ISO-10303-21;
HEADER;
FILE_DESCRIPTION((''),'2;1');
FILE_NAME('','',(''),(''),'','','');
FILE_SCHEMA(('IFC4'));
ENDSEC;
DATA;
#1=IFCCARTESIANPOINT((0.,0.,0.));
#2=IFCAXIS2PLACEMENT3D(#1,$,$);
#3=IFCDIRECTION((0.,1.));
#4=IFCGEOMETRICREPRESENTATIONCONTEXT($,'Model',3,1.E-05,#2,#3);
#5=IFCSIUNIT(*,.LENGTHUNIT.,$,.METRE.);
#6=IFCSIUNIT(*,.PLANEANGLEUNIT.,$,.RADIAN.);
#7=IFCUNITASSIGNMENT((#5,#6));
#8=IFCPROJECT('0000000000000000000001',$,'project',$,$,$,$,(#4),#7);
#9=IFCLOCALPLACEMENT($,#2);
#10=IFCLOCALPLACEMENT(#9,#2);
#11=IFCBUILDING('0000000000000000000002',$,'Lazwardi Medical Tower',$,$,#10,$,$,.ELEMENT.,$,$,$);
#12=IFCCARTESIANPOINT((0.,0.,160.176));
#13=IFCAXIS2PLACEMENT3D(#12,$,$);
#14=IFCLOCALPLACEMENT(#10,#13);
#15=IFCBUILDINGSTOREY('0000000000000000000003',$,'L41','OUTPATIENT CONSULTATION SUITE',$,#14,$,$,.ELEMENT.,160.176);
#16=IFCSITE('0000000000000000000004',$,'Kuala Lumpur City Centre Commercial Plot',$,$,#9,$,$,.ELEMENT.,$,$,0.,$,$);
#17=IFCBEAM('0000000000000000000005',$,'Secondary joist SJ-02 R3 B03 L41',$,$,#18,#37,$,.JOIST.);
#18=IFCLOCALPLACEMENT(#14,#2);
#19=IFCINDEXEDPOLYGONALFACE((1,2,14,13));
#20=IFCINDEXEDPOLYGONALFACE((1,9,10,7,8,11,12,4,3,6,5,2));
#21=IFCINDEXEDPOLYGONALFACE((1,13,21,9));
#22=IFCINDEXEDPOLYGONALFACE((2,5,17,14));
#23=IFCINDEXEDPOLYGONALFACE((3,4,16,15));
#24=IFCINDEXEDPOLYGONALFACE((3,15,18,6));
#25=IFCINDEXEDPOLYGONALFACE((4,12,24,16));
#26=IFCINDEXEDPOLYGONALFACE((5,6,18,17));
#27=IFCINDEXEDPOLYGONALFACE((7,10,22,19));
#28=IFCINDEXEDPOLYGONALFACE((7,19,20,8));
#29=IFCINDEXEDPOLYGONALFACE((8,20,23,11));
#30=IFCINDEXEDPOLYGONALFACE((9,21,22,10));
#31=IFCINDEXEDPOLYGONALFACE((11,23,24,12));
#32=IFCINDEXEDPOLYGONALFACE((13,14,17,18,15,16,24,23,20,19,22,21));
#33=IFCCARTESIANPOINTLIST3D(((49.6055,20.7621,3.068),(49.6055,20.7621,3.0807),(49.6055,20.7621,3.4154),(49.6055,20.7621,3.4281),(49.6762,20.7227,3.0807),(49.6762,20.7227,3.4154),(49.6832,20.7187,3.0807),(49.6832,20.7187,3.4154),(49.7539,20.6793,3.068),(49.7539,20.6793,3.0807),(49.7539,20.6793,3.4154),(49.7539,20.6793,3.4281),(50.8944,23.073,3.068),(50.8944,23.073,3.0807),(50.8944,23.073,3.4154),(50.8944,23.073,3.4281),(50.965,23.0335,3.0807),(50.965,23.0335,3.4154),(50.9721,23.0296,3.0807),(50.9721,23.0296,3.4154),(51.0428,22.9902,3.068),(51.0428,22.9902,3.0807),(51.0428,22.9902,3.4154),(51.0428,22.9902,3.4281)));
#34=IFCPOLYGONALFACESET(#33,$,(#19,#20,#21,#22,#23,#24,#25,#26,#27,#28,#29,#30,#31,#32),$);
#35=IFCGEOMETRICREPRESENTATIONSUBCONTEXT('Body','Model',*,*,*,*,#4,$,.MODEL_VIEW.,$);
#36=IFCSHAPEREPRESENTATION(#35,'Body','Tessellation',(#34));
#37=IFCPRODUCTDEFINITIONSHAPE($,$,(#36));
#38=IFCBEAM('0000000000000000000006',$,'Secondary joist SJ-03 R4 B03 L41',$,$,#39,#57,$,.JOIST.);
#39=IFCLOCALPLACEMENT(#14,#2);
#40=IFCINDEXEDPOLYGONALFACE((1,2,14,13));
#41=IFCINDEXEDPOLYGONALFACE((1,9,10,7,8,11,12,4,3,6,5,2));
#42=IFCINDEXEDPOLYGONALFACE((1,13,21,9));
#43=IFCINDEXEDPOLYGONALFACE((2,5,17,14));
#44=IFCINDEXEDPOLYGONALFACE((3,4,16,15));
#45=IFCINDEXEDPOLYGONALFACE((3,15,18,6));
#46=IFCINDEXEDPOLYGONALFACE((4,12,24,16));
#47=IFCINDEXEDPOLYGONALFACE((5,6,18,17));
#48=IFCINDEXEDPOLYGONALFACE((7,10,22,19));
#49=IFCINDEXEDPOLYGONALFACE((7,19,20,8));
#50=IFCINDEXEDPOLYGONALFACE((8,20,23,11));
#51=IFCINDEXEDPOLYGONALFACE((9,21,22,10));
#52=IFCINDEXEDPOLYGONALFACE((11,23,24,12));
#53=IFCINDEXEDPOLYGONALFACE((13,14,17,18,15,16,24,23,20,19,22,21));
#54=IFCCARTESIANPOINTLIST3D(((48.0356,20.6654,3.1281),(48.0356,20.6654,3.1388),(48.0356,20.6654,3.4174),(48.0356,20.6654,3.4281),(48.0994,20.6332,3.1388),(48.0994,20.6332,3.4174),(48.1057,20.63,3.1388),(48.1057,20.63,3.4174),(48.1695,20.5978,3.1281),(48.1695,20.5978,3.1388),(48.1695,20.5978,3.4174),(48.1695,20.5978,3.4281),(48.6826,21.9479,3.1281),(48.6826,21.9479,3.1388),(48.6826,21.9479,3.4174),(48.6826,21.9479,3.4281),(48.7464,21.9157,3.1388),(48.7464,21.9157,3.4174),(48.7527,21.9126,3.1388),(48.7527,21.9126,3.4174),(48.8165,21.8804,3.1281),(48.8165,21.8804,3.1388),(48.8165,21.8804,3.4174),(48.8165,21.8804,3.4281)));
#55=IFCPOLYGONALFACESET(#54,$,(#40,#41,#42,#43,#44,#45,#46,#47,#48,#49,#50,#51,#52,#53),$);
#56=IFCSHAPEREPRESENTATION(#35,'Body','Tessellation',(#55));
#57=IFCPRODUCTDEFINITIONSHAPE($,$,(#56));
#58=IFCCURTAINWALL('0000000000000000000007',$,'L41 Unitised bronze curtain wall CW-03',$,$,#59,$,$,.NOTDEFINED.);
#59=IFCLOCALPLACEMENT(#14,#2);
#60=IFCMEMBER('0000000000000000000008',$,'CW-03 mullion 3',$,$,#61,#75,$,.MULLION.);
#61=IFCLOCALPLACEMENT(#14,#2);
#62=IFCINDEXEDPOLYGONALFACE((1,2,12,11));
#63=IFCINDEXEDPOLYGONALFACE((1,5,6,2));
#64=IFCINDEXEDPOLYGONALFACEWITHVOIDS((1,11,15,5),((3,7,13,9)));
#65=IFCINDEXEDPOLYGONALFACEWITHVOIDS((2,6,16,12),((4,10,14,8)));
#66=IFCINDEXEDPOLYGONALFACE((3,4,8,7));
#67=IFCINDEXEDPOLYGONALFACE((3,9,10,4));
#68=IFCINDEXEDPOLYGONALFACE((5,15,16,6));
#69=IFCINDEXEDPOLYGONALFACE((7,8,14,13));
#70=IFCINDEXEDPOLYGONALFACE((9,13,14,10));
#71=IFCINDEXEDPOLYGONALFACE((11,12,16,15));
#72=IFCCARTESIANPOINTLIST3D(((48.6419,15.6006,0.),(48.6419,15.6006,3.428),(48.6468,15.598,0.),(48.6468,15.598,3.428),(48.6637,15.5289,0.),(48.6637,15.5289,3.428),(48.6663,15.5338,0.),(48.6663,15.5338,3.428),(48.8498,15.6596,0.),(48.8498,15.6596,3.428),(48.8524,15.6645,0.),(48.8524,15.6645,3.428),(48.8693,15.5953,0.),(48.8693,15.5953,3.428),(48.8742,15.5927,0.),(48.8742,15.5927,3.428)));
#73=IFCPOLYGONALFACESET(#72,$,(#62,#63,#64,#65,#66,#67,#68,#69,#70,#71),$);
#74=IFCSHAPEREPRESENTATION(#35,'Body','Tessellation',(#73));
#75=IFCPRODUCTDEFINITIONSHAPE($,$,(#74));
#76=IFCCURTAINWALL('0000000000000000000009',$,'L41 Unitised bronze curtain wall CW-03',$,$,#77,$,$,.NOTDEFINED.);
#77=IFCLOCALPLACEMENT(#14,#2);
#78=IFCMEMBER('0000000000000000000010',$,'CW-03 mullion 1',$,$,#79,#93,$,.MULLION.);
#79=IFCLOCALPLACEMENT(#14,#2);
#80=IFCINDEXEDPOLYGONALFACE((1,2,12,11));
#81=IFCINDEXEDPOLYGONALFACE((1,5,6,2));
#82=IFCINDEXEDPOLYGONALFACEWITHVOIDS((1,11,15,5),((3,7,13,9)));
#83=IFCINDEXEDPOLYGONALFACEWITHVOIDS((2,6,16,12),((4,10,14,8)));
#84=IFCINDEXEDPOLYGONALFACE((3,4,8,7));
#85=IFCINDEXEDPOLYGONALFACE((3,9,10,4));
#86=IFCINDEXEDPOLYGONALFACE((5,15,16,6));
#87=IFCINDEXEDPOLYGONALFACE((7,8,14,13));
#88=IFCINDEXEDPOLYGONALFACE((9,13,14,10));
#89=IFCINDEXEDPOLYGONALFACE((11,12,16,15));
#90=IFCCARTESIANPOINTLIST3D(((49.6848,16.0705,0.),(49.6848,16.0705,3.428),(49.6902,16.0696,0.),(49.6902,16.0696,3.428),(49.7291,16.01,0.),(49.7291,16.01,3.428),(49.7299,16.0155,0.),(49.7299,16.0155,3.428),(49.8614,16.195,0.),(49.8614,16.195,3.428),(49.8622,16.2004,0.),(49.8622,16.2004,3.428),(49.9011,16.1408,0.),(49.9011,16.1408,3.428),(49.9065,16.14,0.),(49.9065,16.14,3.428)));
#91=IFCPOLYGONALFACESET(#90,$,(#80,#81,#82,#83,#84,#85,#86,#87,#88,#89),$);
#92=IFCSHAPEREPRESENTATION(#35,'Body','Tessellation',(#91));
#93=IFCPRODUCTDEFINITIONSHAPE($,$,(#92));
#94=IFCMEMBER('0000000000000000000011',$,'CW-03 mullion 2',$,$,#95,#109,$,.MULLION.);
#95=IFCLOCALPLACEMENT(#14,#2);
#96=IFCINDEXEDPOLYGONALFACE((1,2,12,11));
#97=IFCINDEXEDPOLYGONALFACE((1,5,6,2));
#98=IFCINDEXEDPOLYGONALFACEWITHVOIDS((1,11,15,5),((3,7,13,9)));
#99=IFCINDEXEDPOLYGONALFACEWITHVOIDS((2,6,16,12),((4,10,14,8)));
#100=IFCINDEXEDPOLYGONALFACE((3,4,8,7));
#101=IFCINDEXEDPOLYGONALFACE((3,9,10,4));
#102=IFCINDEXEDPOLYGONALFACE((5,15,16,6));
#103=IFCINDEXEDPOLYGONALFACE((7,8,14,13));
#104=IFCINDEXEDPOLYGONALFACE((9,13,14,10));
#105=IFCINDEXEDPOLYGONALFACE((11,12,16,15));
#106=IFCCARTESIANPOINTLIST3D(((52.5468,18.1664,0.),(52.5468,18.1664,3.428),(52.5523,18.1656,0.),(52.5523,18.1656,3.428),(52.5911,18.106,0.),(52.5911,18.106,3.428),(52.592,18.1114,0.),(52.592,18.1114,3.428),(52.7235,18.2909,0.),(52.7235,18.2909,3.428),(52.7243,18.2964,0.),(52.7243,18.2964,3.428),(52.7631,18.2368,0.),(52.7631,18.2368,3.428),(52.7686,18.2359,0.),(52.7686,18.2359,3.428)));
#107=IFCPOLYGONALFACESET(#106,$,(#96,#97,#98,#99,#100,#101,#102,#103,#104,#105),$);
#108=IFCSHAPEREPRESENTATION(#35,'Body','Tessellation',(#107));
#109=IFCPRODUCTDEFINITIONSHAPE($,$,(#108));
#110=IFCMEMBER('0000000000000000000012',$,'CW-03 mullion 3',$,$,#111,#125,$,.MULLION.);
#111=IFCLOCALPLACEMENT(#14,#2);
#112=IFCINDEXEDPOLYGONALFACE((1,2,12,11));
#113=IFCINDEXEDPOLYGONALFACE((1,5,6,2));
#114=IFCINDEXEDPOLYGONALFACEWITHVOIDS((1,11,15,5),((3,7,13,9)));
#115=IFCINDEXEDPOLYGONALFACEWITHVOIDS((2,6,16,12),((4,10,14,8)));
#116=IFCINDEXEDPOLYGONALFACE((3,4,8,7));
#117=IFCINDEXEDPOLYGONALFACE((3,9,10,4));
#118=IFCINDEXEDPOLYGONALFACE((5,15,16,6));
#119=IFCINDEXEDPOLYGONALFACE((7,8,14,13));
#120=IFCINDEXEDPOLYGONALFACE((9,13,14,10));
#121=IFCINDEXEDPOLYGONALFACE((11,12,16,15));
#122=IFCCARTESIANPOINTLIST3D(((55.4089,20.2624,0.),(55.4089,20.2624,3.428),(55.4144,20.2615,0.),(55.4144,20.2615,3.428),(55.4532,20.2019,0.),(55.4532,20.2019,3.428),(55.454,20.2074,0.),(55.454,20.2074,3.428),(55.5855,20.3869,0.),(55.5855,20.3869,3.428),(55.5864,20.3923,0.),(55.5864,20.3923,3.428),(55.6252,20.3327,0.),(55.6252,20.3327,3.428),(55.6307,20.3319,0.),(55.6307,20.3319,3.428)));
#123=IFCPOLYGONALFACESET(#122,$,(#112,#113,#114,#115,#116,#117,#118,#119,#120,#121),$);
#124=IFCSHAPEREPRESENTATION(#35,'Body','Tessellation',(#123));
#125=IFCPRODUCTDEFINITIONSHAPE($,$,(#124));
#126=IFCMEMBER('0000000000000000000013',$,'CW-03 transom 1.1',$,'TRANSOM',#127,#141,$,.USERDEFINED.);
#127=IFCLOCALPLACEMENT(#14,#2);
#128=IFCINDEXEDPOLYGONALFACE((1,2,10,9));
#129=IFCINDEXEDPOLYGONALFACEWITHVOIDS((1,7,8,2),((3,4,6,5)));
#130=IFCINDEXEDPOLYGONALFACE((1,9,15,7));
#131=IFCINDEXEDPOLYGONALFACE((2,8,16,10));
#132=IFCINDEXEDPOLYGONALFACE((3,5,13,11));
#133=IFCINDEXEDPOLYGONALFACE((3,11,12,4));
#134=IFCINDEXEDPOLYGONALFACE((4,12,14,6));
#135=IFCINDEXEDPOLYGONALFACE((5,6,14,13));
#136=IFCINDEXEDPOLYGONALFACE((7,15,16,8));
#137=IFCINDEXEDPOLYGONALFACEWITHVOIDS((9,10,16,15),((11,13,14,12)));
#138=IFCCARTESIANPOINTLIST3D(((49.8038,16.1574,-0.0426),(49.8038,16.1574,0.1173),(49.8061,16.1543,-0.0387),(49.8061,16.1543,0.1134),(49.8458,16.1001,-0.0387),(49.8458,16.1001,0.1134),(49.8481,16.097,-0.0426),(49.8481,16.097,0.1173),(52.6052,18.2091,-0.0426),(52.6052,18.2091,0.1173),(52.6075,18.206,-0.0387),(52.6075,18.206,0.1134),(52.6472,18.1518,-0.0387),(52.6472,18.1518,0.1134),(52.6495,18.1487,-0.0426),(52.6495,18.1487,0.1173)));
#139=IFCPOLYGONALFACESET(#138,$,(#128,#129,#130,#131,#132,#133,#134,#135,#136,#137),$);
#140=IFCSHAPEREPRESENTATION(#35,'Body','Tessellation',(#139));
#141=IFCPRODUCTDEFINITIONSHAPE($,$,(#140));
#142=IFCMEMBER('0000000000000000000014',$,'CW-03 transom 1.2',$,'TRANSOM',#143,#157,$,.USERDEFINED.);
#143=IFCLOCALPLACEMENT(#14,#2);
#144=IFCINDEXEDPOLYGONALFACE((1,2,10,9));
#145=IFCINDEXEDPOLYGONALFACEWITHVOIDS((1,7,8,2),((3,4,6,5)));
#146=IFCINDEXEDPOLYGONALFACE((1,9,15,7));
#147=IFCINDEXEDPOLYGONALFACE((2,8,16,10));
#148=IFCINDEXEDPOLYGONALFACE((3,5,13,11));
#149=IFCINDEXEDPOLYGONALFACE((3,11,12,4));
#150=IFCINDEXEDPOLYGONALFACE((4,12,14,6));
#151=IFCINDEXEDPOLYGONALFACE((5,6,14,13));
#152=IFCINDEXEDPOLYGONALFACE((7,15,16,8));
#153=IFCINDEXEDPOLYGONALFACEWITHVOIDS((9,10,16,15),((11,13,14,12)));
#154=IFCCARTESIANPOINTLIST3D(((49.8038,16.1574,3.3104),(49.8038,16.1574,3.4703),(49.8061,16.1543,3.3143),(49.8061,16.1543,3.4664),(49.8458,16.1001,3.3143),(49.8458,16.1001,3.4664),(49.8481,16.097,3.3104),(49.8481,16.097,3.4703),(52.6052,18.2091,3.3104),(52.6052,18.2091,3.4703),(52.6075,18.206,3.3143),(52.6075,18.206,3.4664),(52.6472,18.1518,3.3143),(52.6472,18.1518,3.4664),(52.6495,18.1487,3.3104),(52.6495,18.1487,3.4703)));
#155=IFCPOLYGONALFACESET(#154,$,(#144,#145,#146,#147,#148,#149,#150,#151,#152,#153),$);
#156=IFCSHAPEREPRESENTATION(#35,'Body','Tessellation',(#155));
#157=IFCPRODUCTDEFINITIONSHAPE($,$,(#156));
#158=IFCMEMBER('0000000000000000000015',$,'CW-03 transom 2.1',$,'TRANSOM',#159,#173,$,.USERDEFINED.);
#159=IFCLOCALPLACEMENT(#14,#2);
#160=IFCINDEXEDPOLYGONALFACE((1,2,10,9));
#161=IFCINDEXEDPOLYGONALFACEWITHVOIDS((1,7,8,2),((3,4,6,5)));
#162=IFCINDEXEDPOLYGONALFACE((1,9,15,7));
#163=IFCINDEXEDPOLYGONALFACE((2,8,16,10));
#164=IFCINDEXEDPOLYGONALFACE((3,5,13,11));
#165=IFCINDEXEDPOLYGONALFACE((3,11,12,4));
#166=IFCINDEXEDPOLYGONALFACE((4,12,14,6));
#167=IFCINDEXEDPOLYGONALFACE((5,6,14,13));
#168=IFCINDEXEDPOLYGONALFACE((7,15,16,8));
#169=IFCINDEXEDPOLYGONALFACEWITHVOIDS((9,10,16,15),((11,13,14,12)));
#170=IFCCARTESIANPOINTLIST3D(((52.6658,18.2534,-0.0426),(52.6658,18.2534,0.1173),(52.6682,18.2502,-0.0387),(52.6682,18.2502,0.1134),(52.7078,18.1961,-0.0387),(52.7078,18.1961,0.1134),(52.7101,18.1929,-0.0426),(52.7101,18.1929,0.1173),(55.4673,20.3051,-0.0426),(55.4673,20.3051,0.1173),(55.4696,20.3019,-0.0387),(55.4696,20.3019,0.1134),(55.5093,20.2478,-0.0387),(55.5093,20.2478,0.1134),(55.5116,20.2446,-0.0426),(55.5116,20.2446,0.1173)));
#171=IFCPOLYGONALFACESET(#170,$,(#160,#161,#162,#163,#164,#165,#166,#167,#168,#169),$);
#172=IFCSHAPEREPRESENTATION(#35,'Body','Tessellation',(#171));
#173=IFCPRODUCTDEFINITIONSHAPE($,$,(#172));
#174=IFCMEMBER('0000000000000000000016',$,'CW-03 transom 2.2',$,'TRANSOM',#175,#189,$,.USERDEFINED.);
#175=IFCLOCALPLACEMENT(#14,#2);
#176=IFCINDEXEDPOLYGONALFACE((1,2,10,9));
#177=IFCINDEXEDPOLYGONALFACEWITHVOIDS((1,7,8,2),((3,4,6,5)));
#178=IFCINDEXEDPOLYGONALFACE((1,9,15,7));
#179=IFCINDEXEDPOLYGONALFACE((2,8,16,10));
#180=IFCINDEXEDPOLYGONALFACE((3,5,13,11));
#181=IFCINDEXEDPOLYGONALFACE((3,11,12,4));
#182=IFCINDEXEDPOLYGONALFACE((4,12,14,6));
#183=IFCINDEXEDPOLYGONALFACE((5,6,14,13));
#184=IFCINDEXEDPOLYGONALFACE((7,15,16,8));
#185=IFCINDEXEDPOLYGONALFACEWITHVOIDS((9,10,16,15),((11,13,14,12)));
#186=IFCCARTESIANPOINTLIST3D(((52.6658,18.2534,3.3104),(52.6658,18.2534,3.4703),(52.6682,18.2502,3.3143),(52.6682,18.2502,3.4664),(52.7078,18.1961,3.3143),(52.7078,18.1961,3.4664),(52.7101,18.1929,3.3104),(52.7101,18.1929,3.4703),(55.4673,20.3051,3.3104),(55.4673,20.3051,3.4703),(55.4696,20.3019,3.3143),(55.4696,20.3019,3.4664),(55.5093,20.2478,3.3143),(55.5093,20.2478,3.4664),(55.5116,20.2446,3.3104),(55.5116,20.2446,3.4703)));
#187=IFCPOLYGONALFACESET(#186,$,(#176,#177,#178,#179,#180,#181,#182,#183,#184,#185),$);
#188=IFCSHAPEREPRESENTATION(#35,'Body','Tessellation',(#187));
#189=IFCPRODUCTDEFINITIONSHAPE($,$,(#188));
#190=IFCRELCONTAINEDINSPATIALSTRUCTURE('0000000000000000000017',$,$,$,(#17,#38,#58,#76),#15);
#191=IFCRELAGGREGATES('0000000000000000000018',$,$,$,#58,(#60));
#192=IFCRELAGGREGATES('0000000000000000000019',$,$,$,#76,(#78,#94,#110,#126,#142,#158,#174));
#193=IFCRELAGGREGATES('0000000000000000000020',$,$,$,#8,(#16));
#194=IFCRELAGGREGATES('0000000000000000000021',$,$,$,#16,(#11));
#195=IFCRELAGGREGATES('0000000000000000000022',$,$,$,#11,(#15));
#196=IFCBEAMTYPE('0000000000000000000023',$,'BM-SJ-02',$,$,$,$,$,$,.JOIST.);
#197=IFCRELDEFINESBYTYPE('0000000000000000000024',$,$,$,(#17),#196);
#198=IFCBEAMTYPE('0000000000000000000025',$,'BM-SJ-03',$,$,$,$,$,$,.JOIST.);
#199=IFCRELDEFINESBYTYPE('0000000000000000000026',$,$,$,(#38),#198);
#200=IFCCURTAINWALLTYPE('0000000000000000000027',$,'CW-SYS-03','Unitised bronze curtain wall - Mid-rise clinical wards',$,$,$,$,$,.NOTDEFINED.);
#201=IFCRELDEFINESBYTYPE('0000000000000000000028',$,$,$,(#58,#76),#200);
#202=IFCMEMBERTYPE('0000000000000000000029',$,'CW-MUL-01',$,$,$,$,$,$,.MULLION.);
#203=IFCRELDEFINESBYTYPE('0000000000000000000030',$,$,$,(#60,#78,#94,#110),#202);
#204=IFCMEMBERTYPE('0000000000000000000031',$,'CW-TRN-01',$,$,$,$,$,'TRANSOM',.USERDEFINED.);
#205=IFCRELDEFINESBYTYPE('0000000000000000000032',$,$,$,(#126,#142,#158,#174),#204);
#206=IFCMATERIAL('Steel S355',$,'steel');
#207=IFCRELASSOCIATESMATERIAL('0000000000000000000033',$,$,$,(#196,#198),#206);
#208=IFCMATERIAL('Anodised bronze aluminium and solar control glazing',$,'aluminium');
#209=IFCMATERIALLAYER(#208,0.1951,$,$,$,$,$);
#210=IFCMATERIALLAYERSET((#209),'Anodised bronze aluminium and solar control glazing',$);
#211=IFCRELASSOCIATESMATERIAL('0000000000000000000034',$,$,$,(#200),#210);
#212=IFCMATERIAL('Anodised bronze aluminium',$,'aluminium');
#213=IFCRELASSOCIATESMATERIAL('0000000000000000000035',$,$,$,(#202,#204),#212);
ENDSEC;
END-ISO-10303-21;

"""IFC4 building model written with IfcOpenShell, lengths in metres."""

from ifc_helpers import new_model, si_unit, direction, frame, origin, origin_2d, place, context, subcontext, project, spatial, hollow_rectangle, i_section, extrude, material, layer, layer_set, material_profile, profile_set, type_object, element, aggregate, save


model = new_model("IFC4")

# Units and contexts
model_context = context("Model", 3, precision=1e-05, world=origin(), true_north=direction((0.0, 1.0)))
body_context = subcontext(model_context, "Body", "Model", "MODEL_VIEW")
ifc_project = project(units=[si_unit("LENGTHUNIT", "METRE"), si_unit("PLANEANGLEUNIT", "RADIAN")], contexts=[model_context])

# Site, building, storey
site_placement = place(None, origin())
site = spatial("IfcSite", under=ifc_project, at=site_placement, Name="Kuala Lumpur City Centre Commercial Plot", CompositionType="ELEMENT", RefElevation=0.0)
building_placement = place(site_placement, origin())
building = spatial("IfcBuilding", under=site, at=building_placement, Name="Lazwardi Medical Tower", CompositionType="ELEMENT")
storey_placement = place(building_placement, frame((0.0, 0.0, 160.176)))
storey = spatial("IfcBuildingStorey", under=building, at=storey_placement, Name="L41", Description="OUTPATIENT CONSULTATION SUITE", CompositionType="ELEMENT", Elevation=160.176)

# Beams
ifc_material_1 = material(Name="Steel S355", Category="steel")
ifc_material_profile_1 = material_profile(ifc_material_1, i_section(OverallWidth=0.1699, OverallDepth=0.3601, WebThickness=0.0081, FlangeThickness=0.0127, at=origin_2d()), Name="IPE 360")
ifc_profile_set_1 = profile_set([ifc_material_profile_1], Name="Steel S355")
beam_type_1 = type_object("IfcBeamType", Name="BM-SJ-02", PredefinedType="JOIST", material=ifc_profile_set_1)
beam_1_placement = place(storey_placement, frame((49.6797, 20.7207, 3.248), z_axis=(0.487099, 0.873347, 0.0), x_axis=(-0.873347, 0.487099, 0.0)))
element("IfcBeam", 1, at=beam_1_placement, inside=storey, type_object=beam_type_1, Name="Secondary joist SJ-02 R3 B03 L41", PredefinedType="JOIST", context=body_context, shape_type="SweptSolid", body=[
    extrude(i_section(OverallWidth=0.1699, OverallDepth=0.3601, WebThickness=0.0081, FlangeThickness=0.0127, at=origin_2d()), origin(), (0.0, 0.0, 1.0), 2.646),
])
ifc_material_profile_2 = material_profile(ifc_material_1, i_section(OverallWidth=0.1499, OverallDepth=0.3, WebThickness=0.0071, FlangeThickness=0.0107, at=origin_2d()), Name="IPE 300")
ifc_profile_set_2 = profile_set([ifc_material_profile_2], Name="Steel S355")
beam_type_2 = type_object("IfcBeamType", Name="BM-SJ-03", PredefinedType="JOIST", material=ifc_profile_set_2)
beam_2_placement = place(storey_placement, frame((48.1025, 20.6316, 3.2781), z_axis=(0.450406, 0.892824, 0.0), x_axis=(-0.892824, 0.450406, 0.0)))
element("IfcBeam", 2, at=beam_2_placement, inside=storey, type_object=beam_type_2, Name="Secondary joist SJ-03 R4 B03 L41", PredefinedType="JOIST", context=body_context, shape_type="SweptSolid", body=[
    extrude(i_section(OverallWidth=0.1499, OverallDepth=0.3, WebThickness=0.0071, FlangeThickness=0.0107, at=origin_2d()), origin(), (0.0, 0.0, 1.0), 1.4365),
])

# Curtain wall, member
ifc_material_2 = material(Name="Anodised bronze aluminium and solar control glazing", Category="aluminium")
ifc_layer_1 = layer(ifc_material_2, 0.1951)
ifc_layer_set_1 = layer_set([ifc_layer_1], Name="Anodised bronze aluminium and solar control glazing")
curtain_wall_type = type_object("IfcCurtainWallType", Name="CW-SYS-03", Description="Unitised bronze curtain wall - Mid-rise clinical wards", PredefinedType="NOTDEFINED", material=ifc_layer_set_1)
curtain_wall_1_placement = place(storey_placement, origin())
curtain_wall_1 = element("IfcCurtainWall", 3, at=curtain_wall_1_placement, inside=storey, type_object=curtain_wall_type, Name="L41 Unitised bronze curtain wall CW-03", PredefinedType="NOTDEFINED")
ifc_material_3 = material(Name="Anodised bronze aluminium", Category="aluminium")
ifc_material_profile_3 = material_profile(ifc_material_3, hollow_rectangle(XDim=0.075, YDim=0.22, WallThickness=0.0039, at=origin_2d()), Name="ALU-MULLION 220x75x4")
ifc_profile_set_3 = profile_set([ifc_material_profile_3], Name="Anodised bronze aluminium")
member_type_1 = type_object("IfcMemberType", Name="CW-MUL-01", PredefinedType="MULLION", material=ifc_profile_set_3)
member_1_placement = place(storey_placement, frame((48.7581, 15.5967, 0.0), z_axis=(0.0, 0.0, 1.0), x_axis=(-0.290281, 0.956942, 0.0)))
member_1 = element("IfcMember", 4, at=member_1_placement, type_object=member_type_1, Name="CW-03 mullion 3", PredefinedType="MULLION", context=body_context, shape_type="SweptSolid", body=[
    extrude(hollow_rectangle(XDim=0.075, YDim=0.22, WallThickness=0.0039, at=origin_2d()), origin(), (0.0, 0.0, 1.0), 3.428),
])
aggregate(curtain_wall_1, [member_1])

# Curtain wall, members
curtain_wall_2_placement = place(storey_placement, origin())
curtain_wall_2 = element("IfcCurtainWall", 5, at=curtain_wall_2_placement, inside=storey, type_object=curtain_wall_type, Name="L41 Unitised bronze curtain wall CW-03", PredefinedType="NOTDEFINED")
member_2_placement = place(storey_placement, frame((49.7957, 16.1052, 0.0), z_axis=(0.0, 0.0, 1.0), x_axis=(-0.590834, 0.806793, 0.0)))
member_2 = element("IfcMember", 6, at=member_2_placement, type_object=member_type_1, Name="CW-03 mullion 1", PredefinedType="MULLION", context=body_context, shape_type="SweptSolid", body=[
    extrude(hollow_rectangle(XDim=0.075, YDim=0.22, WallThickness=0.0039, at=origin_2d()), origin(), (0.0, 0.0, 1.0), 3.428),
])
member_3_placement = place(storey_placement, frame((52.6577, 18.2012, 0.0), z_axis=(0.0, 0.0, 1.0), x_axis=(-0.590834, 0.806793, 0.0)))
member_3 = element("IfcMember", 7, at=member_3_placement, type_object=member_type_1, Name="CW-03 mullion 2", PredefinedType="MULLION", context=body_context, shape_type="SweptSolid", body=[
    extrude(hollow_rectangle(XDim=0.075, YDim=0.22, WallThickness=0.0039, at=origin_2d()), origin(), (0.0, 0.0, 1.0), 3.428),
])
member_4_placement = place(storey_placement, frame((55.5198, 20.2971, 0.0), z_axis=(0.0, 0.0, 1.0), x_axis=(-0.590834, 0.806793, 0.0)))
member_4 = element("IfcMember", 8, at=member_4_placement, type_object=member_type_1, Name="CW-03 mullion 3", PredefinedType="MULLION", context=body_context, shape_type="SweptSolid", body=[
    extrude(hollow_rectangle(XDim=0.075, YDim=0.22, WallThickness=0.0039, at=origin_2d()), origin(), (0.0, 0.0, 1.0), 3.428),
])
ifc_material_profile_4 = material_profile(ifc_material_3, hollow_rectangle(XDim=0.075, YDim=0.1599, WallThickness=0.0039, at=origin_2d()), Name="ALU-TRANSOM 160x75x4")
ifc_profile_set_4 = profile_set([ifc_material_profile_4], Name="Anodised bronze aluminium")
member_type_2 = type_object("IfcMemberType", Name="CW-TRN-01", ElementType="TRANSOM", PredefinedType="USERDEFINED", material=ifc_profile_set_4)
member_5_placement = place(storey_placement, frame((49.8259, 16.1272, 0.0374), z_axis=(0.806774, 0.590861, 0.0), x_axis=(-0.590861, 0.806774, 0.0)))
member_5 = element("IfcMember", 9, at=member_5_placement, type_object=member_type_2, Name="CW-03 transom 1.1", ObjectType="TRANSOM", PredefinedType="USERDEFINED", context=body_context, shape_type="SweptSolid", body=[
    extrude(hollow_rectangle(XDim=0.075, YDim=0.1599, WallThickness=0.0039, at=origin_2d()), origin(), (0.0, 0.0, 1.0), 3.4724),
])
member_6_placement = place(storey_placement, frame((49.8259, 16.1272, 3.3904), z_axis=(0.806774, 0.590861, 0.0), x_axis=(-0.590861, 0.806774, 0.0)))
member_6 = element("IfcMember", 10, at=member_6_placement, type_object=member_type_2, Name="CW-03 transom 1.2", ObjectType="TRANSOM", PredefinedType="USERDEFINED", context=body_context, shape_type="SweptSolid", body=[
    extrude(hollow_rectangle(XDim=0.075, YDim=0.1599, WallThickness=0.0039, at=origin_2d()), origin(), (0.0, 0.0, 1.0), 3.4724),
])
member_7_placement = place(storey_placement, frame((52.688, 18.2231, 0.0374), z_axis=(0.806774, 0.590861, 0.0), x_axis=(-0.590861, 0.806774, 0.0)))
member_7 = element("IfcMember", 11, at=member_7_placement, type_object=member_type_2, Name="CW-03 transom 2.1", ObjectType="TRANSOM", PredefinedType="USERDEFINED", context=body_context, shape_type="SweptSolid", body=[
    extrude(hollow_rectangle(XDim=0.075, YDim=0.1599, WallThickness=0.0039, at=origin_2d()), origin(), (0.0, 0.0, 1.0), 3.4724),
])
member_8_placement = place(storey_placement, frame((52.688, 18.2231, 3.3904), z_axis=(0.806774, 0.590861, 0.0), x_axis=(-0.590861, 0.806774, 0.0)))
member_8 = element("IfcMember", 12, at=member_8_placement, type_object=member_type_2, Name="CW-03 transom 2.2", ObjectType="TRANSOM", PredefinedType="USERDEFINED", context=body_context, shape_type="SweptSolid", body=[
    extrude(hollow_rectangle(XDim=0.075, YDim=0.1599, WallThickness=0.0039, at=origin_2d()), origin(), (0.0, 0.0, 1.0), 3.4724),
])
aggregate(curtain_wall_2, [member_2, member_3, member_4, member_5, member_6, member_7, member_8])

save(model, "model.ifc")
